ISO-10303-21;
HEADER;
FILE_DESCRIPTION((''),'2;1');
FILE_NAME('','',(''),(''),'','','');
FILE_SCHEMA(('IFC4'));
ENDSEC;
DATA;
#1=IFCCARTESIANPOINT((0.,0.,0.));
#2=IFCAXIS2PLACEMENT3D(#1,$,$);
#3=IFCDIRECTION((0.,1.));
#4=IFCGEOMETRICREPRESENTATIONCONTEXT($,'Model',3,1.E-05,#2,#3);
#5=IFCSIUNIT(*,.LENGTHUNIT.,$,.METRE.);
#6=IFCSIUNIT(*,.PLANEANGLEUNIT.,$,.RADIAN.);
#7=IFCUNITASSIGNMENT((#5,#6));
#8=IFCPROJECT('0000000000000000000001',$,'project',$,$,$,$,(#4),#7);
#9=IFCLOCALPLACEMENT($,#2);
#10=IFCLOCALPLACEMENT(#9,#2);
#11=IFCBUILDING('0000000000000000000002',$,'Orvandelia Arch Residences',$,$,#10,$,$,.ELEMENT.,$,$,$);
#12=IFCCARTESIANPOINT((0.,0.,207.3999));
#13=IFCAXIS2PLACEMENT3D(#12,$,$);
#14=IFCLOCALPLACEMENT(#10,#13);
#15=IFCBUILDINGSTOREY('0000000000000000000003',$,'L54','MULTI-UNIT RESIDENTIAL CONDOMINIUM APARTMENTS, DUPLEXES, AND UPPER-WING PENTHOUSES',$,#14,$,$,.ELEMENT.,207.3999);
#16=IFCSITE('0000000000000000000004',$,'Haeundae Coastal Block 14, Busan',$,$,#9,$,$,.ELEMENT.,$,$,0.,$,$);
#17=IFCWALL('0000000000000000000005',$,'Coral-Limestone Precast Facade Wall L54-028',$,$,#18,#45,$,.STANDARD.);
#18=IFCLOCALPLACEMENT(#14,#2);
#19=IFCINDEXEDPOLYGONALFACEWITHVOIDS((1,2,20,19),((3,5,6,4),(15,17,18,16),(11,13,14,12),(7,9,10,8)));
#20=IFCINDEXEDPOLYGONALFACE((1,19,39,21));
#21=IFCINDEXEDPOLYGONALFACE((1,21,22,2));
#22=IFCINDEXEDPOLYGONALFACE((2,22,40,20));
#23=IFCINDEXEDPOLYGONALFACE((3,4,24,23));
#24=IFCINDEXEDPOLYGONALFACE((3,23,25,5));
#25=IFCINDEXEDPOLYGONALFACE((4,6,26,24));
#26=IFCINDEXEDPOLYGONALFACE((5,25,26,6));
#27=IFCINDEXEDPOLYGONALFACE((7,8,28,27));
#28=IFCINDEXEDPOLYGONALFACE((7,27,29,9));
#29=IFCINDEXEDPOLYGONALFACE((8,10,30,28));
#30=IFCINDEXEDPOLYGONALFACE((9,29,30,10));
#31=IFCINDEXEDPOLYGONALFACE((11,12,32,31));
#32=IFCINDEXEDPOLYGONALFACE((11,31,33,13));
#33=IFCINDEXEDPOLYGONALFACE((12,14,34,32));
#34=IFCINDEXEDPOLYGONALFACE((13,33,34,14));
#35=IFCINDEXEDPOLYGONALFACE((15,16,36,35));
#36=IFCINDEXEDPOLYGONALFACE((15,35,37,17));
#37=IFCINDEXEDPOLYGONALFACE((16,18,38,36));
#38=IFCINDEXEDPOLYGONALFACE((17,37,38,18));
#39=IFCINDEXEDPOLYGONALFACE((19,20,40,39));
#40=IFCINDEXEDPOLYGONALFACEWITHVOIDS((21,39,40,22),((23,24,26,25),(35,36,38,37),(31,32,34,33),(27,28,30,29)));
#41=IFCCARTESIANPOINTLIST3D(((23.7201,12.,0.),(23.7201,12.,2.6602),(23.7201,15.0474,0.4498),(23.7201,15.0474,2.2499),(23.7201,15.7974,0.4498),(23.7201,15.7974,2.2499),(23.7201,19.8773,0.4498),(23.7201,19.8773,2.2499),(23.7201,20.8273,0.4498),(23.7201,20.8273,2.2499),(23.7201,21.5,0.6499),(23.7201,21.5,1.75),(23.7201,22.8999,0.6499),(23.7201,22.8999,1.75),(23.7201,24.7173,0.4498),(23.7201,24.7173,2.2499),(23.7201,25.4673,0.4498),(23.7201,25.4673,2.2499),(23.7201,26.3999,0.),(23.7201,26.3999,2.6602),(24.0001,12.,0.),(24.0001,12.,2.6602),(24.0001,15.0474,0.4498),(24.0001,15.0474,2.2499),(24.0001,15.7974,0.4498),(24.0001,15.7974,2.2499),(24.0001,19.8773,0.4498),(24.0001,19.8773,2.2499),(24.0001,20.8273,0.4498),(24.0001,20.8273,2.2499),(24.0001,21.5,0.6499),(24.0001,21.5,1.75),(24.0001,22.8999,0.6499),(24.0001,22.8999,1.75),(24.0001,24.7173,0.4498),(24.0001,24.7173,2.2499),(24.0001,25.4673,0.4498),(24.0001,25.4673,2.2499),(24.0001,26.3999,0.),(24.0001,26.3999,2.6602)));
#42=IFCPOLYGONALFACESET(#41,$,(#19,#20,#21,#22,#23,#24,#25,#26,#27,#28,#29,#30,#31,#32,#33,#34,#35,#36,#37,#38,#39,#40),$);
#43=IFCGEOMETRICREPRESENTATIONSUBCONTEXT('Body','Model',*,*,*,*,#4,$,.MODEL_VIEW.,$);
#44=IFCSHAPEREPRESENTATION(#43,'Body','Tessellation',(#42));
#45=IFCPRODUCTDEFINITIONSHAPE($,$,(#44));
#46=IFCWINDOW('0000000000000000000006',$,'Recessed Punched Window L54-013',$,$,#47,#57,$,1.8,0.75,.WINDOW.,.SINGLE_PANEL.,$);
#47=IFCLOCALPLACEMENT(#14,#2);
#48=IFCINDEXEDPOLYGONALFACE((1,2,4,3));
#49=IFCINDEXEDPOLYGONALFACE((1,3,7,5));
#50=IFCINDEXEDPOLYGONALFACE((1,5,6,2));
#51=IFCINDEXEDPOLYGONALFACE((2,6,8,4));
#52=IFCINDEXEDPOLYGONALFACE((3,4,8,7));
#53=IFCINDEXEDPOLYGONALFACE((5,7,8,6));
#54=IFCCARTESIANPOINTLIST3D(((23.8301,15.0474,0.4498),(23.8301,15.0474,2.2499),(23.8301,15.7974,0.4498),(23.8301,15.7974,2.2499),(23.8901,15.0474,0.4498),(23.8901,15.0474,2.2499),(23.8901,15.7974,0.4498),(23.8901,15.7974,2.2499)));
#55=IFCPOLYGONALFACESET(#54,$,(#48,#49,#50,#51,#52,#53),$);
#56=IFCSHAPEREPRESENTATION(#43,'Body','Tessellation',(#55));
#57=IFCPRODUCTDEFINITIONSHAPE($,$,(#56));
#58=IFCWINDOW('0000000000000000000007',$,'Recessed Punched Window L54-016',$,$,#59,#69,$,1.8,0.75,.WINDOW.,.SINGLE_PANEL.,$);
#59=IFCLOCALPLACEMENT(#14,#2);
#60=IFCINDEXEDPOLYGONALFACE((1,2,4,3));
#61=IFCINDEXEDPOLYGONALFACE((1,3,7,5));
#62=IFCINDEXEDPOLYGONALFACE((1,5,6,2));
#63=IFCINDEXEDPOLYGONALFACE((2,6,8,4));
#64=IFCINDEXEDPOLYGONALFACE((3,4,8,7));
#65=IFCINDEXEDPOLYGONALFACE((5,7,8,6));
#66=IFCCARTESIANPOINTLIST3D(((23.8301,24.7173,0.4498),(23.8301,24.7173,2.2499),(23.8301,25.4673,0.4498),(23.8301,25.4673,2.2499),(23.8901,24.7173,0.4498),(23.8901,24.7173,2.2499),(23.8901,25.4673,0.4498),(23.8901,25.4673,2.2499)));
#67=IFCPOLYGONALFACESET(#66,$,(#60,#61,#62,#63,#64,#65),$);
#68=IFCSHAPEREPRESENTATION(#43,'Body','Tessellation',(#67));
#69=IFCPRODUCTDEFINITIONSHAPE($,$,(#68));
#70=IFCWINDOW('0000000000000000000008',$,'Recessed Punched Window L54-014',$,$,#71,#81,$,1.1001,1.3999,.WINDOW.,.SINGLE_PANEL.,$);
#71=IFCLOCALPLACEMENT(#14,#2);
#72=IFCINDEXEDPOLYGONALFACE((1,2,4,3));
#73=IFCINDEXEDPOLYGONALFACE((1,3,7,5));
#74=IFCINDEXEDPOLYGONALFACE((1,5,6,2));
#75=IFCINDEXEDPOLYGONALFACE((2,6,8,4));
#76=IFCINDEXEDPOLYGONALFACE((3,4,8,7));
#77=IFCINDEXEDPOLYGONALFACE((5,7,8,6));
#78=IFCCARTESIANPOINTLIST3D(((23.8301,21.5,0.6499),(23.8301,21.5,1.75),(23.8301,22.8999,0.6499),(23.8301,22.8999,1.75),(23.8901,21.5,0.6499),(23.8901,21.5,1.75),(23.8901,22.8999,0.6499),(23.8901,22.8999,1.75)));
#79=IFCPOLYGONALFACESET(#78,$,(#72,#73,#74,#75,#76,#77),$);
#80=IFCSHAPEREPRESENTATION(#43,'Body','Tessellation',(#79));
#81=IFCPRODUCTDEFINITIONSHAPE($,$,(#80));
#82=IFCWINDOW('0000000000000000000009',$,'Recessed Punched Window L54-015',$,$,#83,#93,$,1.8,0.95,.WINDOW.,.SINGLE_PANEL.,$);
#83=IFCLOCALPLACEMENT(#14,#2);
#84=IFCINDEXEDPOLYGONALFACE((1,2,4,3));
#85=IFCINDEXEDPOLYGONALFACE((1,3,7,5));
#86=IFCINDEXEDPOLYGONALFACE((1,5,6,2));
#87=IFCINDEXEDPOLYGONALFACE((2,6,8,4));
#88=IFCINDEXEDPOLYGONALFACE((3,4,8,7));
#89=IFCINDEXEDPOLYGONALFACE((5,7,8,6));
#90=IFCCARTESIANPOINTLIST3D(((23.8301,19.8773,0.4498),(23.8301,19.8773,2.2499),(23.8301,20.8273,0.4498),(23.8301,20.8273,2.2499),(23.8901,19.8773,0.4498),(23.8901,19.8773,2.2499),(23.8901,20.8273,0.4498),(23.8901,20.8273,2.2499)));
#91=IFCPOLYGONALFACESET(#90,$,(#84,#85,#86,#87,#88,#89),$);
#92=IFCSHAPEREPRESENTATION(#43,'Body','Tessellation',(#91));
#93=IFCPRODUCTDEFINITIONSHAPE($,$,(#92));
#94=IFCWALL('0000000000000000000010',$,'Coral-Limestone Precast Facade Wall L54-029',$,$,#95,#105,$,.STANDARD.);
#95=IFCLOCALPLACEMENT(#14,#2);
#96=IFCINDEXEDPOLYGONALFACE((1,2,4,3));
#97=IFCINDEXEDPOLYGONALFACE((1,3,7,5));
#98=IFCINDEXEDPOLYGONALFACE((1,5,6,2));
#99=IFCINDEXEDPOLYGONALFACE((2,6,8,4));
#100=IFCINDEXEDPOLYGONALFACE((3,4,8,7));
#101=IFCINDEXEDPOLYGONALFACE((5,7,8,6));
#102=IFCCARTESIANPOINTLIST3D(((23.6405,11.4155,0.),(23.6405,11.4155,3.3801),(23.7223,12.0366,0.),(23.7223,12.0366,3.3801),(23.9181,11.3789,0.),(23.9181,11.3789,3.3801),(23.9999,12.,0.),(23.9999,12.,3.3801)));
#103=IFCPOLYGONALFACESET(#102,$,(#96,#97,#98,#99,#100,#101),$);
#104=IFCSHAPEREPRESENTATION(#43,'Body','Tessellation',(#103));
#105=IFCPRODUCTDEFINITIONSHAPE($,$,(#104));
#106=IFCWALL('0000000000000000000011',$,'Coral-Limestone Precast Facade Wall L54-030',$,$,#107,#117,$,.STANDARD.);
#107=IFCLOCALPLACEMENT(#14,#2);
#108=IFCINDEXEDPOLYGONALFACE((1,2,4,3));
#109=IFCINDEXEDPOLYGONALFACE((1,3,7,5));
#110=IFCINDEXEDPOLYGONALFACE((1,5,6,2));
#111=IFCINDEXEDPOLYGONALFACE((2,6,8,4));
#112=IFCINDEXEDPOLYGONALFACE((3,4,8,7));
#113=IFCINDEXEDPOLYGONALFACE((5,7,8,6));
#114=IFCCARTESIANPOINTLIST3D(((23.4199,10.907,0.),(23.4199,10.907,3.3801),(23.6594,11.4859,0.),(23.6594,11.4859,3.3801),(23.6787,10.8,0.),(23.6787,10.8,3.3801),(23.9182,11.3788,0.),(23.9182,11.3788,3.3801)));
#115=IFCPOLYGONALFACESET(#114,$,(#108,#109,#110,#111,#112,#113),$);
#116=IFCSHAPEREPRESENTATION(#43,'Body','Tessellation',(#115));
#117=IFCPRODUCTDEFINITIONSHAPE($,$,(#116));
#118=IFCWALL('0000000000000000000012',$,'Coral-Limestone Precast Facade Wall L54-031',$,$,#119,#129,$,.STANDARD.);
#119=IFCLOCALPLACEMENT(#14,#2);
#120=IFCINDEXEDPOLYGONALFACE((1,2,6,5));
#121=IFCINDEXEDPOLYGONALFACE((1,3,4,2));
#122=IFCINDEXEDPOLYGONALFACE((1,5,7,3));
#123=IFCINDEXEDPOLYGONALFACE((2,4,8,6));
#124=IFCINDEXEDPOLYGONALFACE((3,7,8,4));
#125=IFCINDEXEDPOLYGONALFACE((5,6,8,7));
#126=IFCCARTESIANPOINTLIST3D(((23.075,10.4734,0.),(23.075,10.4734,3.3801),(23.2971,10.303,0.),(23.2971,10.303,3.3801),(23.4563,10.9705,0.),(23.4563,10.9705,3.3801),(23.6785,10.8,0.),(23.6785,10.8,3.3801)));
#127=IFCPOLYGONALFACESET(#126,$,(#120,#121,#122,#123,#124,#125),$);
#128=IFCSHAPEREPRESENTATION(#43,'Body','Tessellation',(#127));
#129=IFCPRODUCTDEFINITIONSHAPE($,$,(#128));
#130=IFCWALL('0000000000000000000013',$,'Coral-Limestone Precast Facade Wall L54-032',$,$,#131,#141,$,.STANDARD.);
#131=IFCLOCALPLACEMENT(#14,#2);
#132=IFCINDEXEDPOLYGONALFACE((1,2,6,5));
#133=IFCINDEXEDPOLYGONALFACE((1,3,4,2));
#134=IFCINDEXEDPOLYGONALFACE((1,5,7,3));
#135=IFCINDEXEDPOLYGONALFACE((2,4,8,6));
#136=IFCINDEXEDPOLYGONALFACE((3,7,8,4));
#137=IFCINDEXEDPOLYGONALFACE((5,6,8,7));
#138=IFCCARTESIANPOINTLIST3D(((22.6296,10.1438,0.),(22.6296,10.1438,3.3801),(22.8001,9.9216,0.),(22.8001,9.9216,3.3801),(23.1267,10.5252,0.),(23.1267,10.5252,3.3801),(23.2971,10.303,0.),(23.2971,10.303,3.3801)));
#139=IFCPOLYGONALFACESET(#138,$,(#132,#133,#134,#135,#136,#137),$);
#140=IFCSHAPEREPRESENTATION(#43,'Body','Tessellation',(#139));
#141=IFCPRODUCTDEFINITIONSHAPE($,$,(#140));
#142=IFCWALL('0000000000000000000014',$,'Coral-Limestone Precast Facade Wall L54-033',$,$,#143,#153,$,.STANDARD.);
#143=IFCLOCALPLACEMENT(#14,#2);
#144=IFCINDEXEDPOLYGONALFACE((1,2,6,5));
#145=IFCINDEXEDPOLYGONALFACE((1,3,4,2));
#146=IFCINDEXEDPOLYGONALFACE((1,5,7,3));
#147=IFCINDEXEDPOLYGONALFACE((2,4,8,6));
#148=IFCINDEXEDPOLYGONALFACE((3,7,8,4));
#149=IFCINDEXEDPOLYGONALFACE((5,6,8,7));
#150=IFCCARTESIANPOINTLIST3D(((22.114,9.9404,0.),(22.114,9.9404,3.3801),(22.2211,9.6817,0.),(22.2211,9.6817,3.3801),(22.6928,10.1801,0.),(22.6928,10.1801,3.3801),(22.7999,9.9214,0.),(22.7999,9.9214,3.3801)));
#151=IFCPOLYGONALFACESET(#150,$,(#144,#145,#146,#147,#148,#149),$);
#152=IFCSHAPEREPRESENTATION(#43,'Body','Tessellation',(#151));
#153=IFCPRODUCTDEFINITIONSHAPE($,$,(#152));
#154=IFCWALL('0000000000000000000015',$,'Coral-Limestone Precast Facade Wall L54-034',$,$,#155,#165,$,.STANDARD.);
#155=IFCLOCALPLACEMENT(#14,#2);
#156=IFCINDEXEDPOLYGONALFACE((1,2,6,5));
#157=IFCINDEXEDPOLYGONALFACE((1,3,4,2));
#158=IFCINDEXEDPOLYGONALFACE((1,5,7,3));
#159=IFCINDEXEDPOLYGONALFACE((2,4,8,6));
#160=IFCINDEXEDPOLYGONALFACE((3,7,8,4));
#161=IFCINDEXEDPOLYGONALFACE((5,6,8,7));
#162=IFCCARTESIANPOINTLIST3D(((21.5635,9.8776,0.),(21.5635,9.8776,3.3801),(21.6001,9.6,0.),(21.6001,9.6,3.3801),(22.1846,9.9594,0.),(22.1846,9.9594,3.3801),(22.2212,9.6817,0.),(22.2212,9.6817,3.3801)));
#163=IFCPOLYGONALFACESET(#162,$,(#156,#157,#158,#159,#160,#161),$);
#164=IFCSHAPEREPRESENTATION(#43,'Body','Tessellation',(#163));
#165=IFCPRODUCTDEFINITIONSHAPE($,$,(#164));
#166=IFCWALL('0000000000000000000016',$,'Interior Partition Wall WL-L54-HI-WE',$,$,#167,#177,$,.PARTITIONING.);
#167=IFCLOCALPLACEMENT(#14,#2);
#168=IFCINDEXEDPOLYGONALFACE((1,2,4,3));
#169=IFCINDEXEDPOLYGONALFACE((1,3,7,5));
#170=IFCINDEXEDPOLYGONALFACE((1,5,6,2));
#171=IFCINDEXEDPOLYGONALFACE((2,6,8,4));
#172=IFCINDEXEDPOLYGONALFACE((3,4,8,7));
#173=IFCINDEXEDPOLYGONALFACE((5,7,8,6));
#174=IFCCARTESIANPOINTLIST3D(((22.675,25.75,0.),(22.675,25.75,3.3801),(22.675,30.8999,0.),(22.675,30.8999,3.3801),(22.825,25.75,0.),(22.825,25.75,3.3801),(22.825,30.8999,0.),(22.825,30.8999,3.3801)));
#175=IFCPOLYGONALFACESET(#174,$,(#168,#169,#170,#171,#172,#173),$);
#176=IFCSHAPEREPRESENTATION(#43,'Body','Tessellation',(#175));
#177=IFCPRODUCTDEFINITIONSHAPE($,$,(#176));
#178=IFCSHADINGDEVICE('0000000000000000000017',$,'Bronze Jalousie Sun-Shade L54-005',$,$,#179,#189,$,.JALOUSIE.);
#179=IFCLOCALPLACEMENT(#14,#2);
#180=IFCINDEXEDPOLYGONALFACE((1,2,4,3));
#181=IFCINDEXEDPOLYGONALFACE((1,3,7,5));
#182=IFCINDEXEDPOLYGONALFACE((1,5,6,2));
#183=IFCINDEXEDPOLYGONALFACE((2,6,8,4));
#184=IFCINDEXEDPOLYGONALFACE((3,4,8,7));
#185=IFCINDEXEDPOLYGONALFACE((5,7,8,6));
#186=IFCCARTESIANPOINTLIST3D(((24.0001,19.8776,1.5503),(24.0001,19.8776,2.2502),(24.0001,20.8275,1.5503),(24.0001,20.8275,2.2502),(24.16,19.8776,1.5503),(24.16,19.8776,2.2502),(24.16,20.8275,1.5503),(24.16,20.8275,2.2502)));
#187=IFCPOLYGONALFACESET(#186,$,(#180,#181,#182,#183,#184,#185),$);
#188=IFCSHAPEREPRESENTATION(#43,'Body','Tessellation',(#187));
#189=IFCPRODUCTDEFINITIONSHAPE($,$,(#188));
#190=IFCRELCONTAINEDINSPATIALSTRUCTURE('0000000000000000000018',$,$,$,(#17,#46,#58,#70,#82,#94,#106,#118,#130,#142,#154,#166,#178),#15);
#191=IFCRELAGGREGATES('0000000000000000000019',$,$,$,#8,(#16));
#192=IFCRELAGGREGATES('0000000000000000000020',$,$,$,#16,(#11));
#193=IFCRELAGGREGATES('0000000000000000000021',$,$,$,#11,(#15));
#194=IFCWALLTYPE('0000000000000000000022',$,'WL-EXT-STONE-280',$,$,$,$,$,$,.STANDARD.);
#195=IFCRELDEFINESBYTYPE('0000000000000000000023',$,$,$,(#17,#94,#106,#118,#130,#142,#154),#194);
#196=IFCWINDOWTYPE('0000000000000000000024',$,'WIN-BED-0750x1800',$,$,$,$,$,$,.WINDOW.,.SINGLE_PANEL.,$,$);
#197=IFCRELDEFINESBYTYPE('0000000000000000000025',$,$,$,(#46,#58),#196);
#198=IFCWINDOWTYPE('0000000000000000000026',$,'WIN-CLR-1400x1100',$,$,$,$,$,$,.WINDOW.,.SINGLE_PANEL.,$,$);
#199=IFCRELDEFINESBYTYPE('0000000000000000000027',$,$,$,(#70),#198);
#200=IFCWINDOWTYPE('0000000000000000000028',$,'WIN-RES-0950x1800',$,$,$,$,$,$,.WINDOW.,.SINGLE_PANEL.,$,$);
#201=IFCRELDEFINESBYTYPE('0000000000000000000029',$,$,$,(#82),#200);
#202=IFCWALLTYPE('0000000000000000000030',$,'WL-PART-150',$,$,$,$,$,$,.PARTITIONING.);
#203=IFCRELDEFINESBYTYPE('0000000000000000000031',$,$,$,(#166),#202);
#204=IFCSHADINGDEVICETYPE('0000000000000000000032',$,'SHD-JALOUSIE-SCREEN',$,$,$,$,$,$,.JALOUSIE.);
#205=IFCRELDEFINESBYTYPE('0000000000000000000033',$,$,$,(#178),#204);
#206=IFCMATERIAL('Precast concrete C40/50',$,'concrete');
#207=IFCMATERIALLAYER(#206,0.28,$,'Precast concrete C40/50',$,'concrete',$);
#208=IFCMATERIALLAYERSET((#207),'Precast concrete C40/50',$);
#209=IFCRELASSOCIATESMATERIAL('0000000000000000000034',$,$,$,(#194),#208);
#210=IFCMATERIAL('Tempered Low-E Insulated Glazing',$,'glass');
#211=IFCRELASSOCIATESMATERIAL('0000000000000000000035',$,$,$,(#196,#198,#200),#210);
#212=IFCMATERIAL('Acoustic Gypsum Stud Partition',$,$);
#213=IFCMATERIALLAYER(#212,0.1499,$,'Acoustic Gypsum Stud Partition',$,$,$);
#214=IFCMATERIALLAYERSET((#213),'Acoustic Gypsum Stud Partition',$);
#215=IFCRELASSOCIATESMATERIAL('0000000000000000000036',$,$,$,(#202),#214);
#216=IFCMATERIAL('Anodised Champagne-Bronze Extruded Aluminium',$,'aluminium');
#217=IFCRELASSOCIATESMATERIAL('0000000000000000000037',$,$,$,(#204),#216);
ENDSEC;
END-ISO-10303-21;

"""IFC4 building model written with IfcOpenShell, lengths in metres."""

from ifc_helpers import new_model, si_unit, direction, frame, frame_2d, origin, origin_2d, place, context, subcontext, project, spatial, rectangle, extrude, material, layer, layer_set, type_object, element, fill, save


model = new_model("IFC4")

# Units and contexts
model_context = context("Model", 3, precision=1e-05, world=origin(), true_north=direction((0.0, 1.0)))
body_context = subcontext(model_context, "Body", "Model", "MODEL_VIEW")
ifc_project = project(units=[si_unit("LENGTHUNIT", "METRE"), si_unit("PLANEANGLEUNIT", "RADIAN")], contexts=[model_context])

# Site, building, storey
site_placement = place(None, origin())
site = spatial("IfcSite", under=ifc_project, at=site_placement, Name="Haeundae Coastal Block 14, Busan", CompositionType="ELEMENT", RefElevation=0.0)
building_placement = place(site_placement, origin())
building = spatial("IfcBuilding", under=site, at=building_placement, Name="Orvandelia Arch Residences", CompositionType="ELEMENT")
storey_placement = place(building_placement, frame((0.0, 0.0, 207.3999)))
storey = spatial("IfcBuildingStorey", under=building, at=storey_placement, Name="L54", Description="MULTI-UNIT RESIDENTIAL CONDOMINIUM APARTMENTS, DUPLEXES, AND UPPER-WING PENTHOUSES", CompositionType="ELEMENT", Elevation=207.3999)

# Wall, openings, windows
ifc_material_1 = material(Name="Precast concrete C40/50", Category="concrete")
ifc_layer_1 = layer(ifc_material_1, 0.28, Name="Precast concrete C40/50", Category="concrete")
ifc_layer_set_1 = layer_set([ifc_layer_1], Name="Precast concrete C40/50")
wall_type_1 = type_object("IfcWallType", Name="WL-EXT-STONE-280", PredefinedType="STANDARD", material=ifc_layer_set_1)
wall_1_placement = place(storey_placement, frame((23.8601, 26.3999, 0.0), z_axis=(0.0, 0.0, 1.0), x_axis=(0.0, -1.0, 0.0)))
wall_1 = element("IfcWall", 1, at=wall_1_placement, inside=storey, type_object=wall_type_1, Name="Coral-Limestone Precast Facade Wall L54-028", PredefinedType="STANDARD", context=body_context, shape_type="SweptSolid", body=[
    extrude(rectangle(XDim=14.3999, YDim=0.28, at=frame_2d((7.2, 0.0))), origin(), (0.0, 0.0, 1.0), 2.6602),
])
opening_1_placement = place(wall_1_placement, frame((10.6025, 0.0, 0.45)))
opening_1 = element("IfcOpeningElement", 2, at=opening_1_placement, cuts=wall_1, PredefinedType="OPENING", context=body_context, shape_type="SweptSolid", body=[
    extrude(rectangle(XDim=0.75, YDim=1.8, at=frame_2d((0.375, 0.8999))), frame((0.0, 0.1499, 0.0), z_axis=(0.0, -1.0, 0.0), x_axis=(1.0, 0.0, 0.0)), (0.0, 0.0, 1.0), 0.3),
])
opening_2_placement = place(wall_1_placement, frame((3.5, 0.0, 0.6499)))
opening_2 = element("IfcOpeningElement", 3, at=opening_2_placement, cuts=wall_1, PredefinedType="OPENING", context=body_context, shape_type="SweptSolid", body=[
    extrude(rectangle(XDim=1.3999, YDim=1.1001, at=frame_2d((0.7, 0.55))), frame((0.0, 0.1499, 0.0), z_axis=(0.0, -1.0, 0.0), x_axis=(1.0, 0.0, 0.0)), (0.0, 0.0, 1.0), 0.3),
])
opening_3_placement = place(wall_1_placement, frame((5.5725, 0.0, 0.45)))
opening_3 = element("IfcOpeningElement", 4, at=opening_3_placement, cuts=wall_1, PredefinedType="OPENING", context=body_context, shape_type="SweptSolid", body=[
    extrude(rectangle(XDim=0.95, YDim=1.8, at=frame_2d((0.4751, 0.8999))), frame((0.0, 0.1499, 0.0), z_axis=(0.0, -1.0, 0.0), x_axis=(1.0, 0.0, 0.0)), (0.0, 0.0, 1.0), 0.3),
])
opening_4_placement = place(wall_1_placement, frame((0.9326, 0.0, 0.45)))
opening_4 = element("IfcOpeningElement", 5, at=opening_4_placement, cuts=wall_1, PredefinedType="OPENING", context=body_context, shape_type="SweptSolid", body=[
    extrude(rectangle(XDim=0.75, YDim=1.8, at=frame_2d((0.375, 0.8999))), frame((0.0, 0.1499, 0.0), z_axis=(0.0, -1.0, 0.0), x_axis=(1.0, 0.0, 0.0)), (0.0, 0.0, 1.0), 0.3),
])
ifc_material_2 = material(Name="Tempered Low-E Insulated Glazing", Category="glass")
window_type_1 = type_object("IfcWindowType", Name="WIN-BED-0750x1800", PartitioningType="SINGLE_PANEL", PredefinedType="WINDOW", material=ifc_material_2)
window_1_placement = place(opening_1_placement, origin())
window_1 = element("IfcWindow", 6, at=window_1_placement, inside=storey, type_object=window_type_1, Name="Recessed Punched Window L54-013", OverallHeight=1.8, OverallWidth=0.75, PartitioningType="SINGLE_PANEL", PredefinedType="WINDOW", context=body_context, shape_type="SweptSolid", body=[
    extrude(rectangle(XDim=0.75, YDim=1.8, at=frame_2d((0.375, 0.8999))), frame((0.0, 0.03, 0.0), z_axis=(0.0, -1.0, 0.0), x_axis=(1.0, 0.0, 0.0)), (0.0, 0.0, 1.0), 0.0601),
])
fill(opening_1, window_1)
window_2_placement = place(opening_4_placement, origin())
window_2 = element("IfcWindow", 7, at=window_2_placement, inside=storey, type_object=window_type_1, Name="Recessed Punched Window L54-016", OverallHeight=1.8, OverallWidth=0.75, PartitioningType="SINGLE_PANEL", PredefinedType="WINDOW", context=body_context, shape_type="SweptSolid", body=[
    extrude(rectangle(XDim=0.75, YDim=1.8, at=frame_2d((0.375, 0.8999))), frame((0.0, 0.03, 0.0), z_axis=(0.0, -1.0, 0.0), x_axis=(1.0, 0.0, 0.0)), (0.0, 0.0, 1.0), 0.0601),
])
fill(opening_4, window_2)
window_type_2 = type_object("IfcWindowType", Name="WIN-CLR-1400x1100", PartitioningType="SINGLE_PANEL", PredefinedType="WINDOW", material=ifc_material_2)
window_3_placement = place(opening_2_placement, origin())
window_3 = element("IfcWindow", 8, at=window_3_placement, inside=storey, type_object=window_type_2, Name="Recessed Punched Window L54-014", OverallHeight=1.1001, OverallWidth=1.3999, PartitioningType="SINGLE_PANEL", PredefinedType="WINDOW", context=body_context, shape_type="SweptSolid", body=[
    extrude(rectangle(XDim=1.3999, YDim=1.1001, at=frame_2d((0.7, 0.55))), frame((0.0, 0.03, 0.0), z_axis=(0.0, -1.0, 0.0), x_axis=(1.0, 0.0, 0.0)), (0.0, 0.0, 1.0), 0.0601),
])
fill(opening_2, window_3)
window_type_3 = type_object("IfcWindowType", Name="WIN-RES-0950x1800", PartitioningType="SINGLE_PANEL", PredefinedType="WINDOW", material=ifc_material_2)
window_4_placement = place(opening_3_placement, origin())
window_4 = element("IfcWindow", 9, at=window_4_placement, inside=storey, type_object=window_type_3, Name="Recessed Punched Window L54-015", OverallHeight=1.8, OverallWidth=0.95, PartitioningType="SINGLE_PANEL", PredefinedType="WINDOW", context=body_context, shape_type="SweptSolid", body=[
    extrude(rectangle(XDim=0.95, YDim=1.8, at=frame_2d((0.4751, 0.8999))), frame((0.0, 0.03, 0.0), z_axis=(0.0, -1.0, 0.0), x_axis=(1.0, 0.0, 0.0)), (0.0, 0.0, 1.0), 0.0601),
])
fill(opening_3, window_4)

# Walls
for number, where, z_axis, x_axis, name in (
    (10, (23.8611, 12.0183, 0.0), (0.0, 0.0, 1.0), (-0.130555, -0.991441, 0.0), "Coral-Limestone Precast Facade Wall L54-029"),
    (11, (23.7888, 11.4324, 0.0), (0.0, 0.0, 1.0), (-0.382317, -0.924031, 0.0), "Coral-Limestone Precast Facade Wall L54-030"),
    (12, (23.5674, 10.8853, 0.0), (0.0, 0.0, 1.0), (-0.608693, -0.793406, 0.0), "Coral-Limestone Precast Facade Wall L54-031"),
    (13, (23.2119, 10.4141, 0.0), (0.0, 0.0, 1.0), (-0.793406, -0.608693, 0.0), "Coral-Limestone Precast Facade Wall L54-032"),
    (14, (22.7463, 10.0508, 0.0), (0.0, 0.0, 1.0), (-0.923893, -0.38265, 0.0), "Coral-Limestone Precast Facade Wall L54-033"),
    (15, (22.2029, 9.8206, 0.0), (0.0, 0.0, 1.0), (-0.991441, -0.130555, 0.0), "Coral-Limestone Precast Facade Wall L54-034"),
):
    element("IfcWall", number, at=place(storey_placement, frame(where, z_axis=z_axis, x_axis=x_axis)), inside=storey, type_object=wall_type_1, Name=name, PredefinedType="STANDARD", context=body_context, shape_type="SweptSolid", body=[
        extrude(rectangle(XDim=0.6265, YDim=0.28, at=frame_2d((0.3132, 0.0))), origin(), (0.0, 0.0, 1.0), 3.3801),
    ])
ifc_material_3 = material(Name="Acoustic Gypsum Stud Partition")
ifc_layer_2 = layer(ifc_material_3, 0.1499, Name="Acoustic Gypsum Stud Partition")
ifc_layer_set_2 = layer_set([ifc_layer_2], Name="Acoustic Gypsum Stud Partition")
wall_type_2 = type_object("IfcWallType", Name="WL-PART-150", PredefinedType="PARTITIONING", material=ifc_layer_set_2)
wall_2_placement = place(storey_placement, frame((22.75, 25.75, 0.0), z_axis=(0.0, 0.0, 1.0), x_axis=(0.0, 1.0, 0.0)))
element("IfcWall", 16, at=wall_2_placement, inside=storey, type_object=wall_type_2, Name="Interior Partition Wall WL-L54-HI-WE", PredefinedType="PARTITIONING", context=body_context, shape_type="SweptSolid", body=[
    extrude(rectangle(XDim=5.1499, YDim=0.1499, at=frame_2d((2.575, 0.0))), origin(), (0.0, 0.0, 1.0), 3.3801),
])

# Shading device
ifc_material_4 = material(Name="Anodised Champagne-Bronze Extruded Aluminium", Category="aluminium")
shading_device_type = type_object("IfcShadingDeviceType", Name="SHD-JALOUSIE-SCREEN", PredefinedType="JALOUSIE", material=ifc_material_4)
shading_device_placement = place(storey_placement, frame((24.0801, 20.3525, 1.5503), z_axis=(0.0, 0.0, 1.0), x_axis=(0.0, -1.0, 0.0)))
element("IfcShadingDevice", 17, at=shading_device_placement, inside=storey, type_object=shading_device_type, Name="Bronze Jalousie Sun-Shade L54-005", PredefinedType="JALOUSIE", context=body_context, shape_type="SweptSolid", body=[
    extrude(rectangle(XDim=0.95, YDim=0.1599, at=origin_2d()), origin(), (0.0, 0.0, 1.0), 0.7),
])

save(model, "model.ifc")
